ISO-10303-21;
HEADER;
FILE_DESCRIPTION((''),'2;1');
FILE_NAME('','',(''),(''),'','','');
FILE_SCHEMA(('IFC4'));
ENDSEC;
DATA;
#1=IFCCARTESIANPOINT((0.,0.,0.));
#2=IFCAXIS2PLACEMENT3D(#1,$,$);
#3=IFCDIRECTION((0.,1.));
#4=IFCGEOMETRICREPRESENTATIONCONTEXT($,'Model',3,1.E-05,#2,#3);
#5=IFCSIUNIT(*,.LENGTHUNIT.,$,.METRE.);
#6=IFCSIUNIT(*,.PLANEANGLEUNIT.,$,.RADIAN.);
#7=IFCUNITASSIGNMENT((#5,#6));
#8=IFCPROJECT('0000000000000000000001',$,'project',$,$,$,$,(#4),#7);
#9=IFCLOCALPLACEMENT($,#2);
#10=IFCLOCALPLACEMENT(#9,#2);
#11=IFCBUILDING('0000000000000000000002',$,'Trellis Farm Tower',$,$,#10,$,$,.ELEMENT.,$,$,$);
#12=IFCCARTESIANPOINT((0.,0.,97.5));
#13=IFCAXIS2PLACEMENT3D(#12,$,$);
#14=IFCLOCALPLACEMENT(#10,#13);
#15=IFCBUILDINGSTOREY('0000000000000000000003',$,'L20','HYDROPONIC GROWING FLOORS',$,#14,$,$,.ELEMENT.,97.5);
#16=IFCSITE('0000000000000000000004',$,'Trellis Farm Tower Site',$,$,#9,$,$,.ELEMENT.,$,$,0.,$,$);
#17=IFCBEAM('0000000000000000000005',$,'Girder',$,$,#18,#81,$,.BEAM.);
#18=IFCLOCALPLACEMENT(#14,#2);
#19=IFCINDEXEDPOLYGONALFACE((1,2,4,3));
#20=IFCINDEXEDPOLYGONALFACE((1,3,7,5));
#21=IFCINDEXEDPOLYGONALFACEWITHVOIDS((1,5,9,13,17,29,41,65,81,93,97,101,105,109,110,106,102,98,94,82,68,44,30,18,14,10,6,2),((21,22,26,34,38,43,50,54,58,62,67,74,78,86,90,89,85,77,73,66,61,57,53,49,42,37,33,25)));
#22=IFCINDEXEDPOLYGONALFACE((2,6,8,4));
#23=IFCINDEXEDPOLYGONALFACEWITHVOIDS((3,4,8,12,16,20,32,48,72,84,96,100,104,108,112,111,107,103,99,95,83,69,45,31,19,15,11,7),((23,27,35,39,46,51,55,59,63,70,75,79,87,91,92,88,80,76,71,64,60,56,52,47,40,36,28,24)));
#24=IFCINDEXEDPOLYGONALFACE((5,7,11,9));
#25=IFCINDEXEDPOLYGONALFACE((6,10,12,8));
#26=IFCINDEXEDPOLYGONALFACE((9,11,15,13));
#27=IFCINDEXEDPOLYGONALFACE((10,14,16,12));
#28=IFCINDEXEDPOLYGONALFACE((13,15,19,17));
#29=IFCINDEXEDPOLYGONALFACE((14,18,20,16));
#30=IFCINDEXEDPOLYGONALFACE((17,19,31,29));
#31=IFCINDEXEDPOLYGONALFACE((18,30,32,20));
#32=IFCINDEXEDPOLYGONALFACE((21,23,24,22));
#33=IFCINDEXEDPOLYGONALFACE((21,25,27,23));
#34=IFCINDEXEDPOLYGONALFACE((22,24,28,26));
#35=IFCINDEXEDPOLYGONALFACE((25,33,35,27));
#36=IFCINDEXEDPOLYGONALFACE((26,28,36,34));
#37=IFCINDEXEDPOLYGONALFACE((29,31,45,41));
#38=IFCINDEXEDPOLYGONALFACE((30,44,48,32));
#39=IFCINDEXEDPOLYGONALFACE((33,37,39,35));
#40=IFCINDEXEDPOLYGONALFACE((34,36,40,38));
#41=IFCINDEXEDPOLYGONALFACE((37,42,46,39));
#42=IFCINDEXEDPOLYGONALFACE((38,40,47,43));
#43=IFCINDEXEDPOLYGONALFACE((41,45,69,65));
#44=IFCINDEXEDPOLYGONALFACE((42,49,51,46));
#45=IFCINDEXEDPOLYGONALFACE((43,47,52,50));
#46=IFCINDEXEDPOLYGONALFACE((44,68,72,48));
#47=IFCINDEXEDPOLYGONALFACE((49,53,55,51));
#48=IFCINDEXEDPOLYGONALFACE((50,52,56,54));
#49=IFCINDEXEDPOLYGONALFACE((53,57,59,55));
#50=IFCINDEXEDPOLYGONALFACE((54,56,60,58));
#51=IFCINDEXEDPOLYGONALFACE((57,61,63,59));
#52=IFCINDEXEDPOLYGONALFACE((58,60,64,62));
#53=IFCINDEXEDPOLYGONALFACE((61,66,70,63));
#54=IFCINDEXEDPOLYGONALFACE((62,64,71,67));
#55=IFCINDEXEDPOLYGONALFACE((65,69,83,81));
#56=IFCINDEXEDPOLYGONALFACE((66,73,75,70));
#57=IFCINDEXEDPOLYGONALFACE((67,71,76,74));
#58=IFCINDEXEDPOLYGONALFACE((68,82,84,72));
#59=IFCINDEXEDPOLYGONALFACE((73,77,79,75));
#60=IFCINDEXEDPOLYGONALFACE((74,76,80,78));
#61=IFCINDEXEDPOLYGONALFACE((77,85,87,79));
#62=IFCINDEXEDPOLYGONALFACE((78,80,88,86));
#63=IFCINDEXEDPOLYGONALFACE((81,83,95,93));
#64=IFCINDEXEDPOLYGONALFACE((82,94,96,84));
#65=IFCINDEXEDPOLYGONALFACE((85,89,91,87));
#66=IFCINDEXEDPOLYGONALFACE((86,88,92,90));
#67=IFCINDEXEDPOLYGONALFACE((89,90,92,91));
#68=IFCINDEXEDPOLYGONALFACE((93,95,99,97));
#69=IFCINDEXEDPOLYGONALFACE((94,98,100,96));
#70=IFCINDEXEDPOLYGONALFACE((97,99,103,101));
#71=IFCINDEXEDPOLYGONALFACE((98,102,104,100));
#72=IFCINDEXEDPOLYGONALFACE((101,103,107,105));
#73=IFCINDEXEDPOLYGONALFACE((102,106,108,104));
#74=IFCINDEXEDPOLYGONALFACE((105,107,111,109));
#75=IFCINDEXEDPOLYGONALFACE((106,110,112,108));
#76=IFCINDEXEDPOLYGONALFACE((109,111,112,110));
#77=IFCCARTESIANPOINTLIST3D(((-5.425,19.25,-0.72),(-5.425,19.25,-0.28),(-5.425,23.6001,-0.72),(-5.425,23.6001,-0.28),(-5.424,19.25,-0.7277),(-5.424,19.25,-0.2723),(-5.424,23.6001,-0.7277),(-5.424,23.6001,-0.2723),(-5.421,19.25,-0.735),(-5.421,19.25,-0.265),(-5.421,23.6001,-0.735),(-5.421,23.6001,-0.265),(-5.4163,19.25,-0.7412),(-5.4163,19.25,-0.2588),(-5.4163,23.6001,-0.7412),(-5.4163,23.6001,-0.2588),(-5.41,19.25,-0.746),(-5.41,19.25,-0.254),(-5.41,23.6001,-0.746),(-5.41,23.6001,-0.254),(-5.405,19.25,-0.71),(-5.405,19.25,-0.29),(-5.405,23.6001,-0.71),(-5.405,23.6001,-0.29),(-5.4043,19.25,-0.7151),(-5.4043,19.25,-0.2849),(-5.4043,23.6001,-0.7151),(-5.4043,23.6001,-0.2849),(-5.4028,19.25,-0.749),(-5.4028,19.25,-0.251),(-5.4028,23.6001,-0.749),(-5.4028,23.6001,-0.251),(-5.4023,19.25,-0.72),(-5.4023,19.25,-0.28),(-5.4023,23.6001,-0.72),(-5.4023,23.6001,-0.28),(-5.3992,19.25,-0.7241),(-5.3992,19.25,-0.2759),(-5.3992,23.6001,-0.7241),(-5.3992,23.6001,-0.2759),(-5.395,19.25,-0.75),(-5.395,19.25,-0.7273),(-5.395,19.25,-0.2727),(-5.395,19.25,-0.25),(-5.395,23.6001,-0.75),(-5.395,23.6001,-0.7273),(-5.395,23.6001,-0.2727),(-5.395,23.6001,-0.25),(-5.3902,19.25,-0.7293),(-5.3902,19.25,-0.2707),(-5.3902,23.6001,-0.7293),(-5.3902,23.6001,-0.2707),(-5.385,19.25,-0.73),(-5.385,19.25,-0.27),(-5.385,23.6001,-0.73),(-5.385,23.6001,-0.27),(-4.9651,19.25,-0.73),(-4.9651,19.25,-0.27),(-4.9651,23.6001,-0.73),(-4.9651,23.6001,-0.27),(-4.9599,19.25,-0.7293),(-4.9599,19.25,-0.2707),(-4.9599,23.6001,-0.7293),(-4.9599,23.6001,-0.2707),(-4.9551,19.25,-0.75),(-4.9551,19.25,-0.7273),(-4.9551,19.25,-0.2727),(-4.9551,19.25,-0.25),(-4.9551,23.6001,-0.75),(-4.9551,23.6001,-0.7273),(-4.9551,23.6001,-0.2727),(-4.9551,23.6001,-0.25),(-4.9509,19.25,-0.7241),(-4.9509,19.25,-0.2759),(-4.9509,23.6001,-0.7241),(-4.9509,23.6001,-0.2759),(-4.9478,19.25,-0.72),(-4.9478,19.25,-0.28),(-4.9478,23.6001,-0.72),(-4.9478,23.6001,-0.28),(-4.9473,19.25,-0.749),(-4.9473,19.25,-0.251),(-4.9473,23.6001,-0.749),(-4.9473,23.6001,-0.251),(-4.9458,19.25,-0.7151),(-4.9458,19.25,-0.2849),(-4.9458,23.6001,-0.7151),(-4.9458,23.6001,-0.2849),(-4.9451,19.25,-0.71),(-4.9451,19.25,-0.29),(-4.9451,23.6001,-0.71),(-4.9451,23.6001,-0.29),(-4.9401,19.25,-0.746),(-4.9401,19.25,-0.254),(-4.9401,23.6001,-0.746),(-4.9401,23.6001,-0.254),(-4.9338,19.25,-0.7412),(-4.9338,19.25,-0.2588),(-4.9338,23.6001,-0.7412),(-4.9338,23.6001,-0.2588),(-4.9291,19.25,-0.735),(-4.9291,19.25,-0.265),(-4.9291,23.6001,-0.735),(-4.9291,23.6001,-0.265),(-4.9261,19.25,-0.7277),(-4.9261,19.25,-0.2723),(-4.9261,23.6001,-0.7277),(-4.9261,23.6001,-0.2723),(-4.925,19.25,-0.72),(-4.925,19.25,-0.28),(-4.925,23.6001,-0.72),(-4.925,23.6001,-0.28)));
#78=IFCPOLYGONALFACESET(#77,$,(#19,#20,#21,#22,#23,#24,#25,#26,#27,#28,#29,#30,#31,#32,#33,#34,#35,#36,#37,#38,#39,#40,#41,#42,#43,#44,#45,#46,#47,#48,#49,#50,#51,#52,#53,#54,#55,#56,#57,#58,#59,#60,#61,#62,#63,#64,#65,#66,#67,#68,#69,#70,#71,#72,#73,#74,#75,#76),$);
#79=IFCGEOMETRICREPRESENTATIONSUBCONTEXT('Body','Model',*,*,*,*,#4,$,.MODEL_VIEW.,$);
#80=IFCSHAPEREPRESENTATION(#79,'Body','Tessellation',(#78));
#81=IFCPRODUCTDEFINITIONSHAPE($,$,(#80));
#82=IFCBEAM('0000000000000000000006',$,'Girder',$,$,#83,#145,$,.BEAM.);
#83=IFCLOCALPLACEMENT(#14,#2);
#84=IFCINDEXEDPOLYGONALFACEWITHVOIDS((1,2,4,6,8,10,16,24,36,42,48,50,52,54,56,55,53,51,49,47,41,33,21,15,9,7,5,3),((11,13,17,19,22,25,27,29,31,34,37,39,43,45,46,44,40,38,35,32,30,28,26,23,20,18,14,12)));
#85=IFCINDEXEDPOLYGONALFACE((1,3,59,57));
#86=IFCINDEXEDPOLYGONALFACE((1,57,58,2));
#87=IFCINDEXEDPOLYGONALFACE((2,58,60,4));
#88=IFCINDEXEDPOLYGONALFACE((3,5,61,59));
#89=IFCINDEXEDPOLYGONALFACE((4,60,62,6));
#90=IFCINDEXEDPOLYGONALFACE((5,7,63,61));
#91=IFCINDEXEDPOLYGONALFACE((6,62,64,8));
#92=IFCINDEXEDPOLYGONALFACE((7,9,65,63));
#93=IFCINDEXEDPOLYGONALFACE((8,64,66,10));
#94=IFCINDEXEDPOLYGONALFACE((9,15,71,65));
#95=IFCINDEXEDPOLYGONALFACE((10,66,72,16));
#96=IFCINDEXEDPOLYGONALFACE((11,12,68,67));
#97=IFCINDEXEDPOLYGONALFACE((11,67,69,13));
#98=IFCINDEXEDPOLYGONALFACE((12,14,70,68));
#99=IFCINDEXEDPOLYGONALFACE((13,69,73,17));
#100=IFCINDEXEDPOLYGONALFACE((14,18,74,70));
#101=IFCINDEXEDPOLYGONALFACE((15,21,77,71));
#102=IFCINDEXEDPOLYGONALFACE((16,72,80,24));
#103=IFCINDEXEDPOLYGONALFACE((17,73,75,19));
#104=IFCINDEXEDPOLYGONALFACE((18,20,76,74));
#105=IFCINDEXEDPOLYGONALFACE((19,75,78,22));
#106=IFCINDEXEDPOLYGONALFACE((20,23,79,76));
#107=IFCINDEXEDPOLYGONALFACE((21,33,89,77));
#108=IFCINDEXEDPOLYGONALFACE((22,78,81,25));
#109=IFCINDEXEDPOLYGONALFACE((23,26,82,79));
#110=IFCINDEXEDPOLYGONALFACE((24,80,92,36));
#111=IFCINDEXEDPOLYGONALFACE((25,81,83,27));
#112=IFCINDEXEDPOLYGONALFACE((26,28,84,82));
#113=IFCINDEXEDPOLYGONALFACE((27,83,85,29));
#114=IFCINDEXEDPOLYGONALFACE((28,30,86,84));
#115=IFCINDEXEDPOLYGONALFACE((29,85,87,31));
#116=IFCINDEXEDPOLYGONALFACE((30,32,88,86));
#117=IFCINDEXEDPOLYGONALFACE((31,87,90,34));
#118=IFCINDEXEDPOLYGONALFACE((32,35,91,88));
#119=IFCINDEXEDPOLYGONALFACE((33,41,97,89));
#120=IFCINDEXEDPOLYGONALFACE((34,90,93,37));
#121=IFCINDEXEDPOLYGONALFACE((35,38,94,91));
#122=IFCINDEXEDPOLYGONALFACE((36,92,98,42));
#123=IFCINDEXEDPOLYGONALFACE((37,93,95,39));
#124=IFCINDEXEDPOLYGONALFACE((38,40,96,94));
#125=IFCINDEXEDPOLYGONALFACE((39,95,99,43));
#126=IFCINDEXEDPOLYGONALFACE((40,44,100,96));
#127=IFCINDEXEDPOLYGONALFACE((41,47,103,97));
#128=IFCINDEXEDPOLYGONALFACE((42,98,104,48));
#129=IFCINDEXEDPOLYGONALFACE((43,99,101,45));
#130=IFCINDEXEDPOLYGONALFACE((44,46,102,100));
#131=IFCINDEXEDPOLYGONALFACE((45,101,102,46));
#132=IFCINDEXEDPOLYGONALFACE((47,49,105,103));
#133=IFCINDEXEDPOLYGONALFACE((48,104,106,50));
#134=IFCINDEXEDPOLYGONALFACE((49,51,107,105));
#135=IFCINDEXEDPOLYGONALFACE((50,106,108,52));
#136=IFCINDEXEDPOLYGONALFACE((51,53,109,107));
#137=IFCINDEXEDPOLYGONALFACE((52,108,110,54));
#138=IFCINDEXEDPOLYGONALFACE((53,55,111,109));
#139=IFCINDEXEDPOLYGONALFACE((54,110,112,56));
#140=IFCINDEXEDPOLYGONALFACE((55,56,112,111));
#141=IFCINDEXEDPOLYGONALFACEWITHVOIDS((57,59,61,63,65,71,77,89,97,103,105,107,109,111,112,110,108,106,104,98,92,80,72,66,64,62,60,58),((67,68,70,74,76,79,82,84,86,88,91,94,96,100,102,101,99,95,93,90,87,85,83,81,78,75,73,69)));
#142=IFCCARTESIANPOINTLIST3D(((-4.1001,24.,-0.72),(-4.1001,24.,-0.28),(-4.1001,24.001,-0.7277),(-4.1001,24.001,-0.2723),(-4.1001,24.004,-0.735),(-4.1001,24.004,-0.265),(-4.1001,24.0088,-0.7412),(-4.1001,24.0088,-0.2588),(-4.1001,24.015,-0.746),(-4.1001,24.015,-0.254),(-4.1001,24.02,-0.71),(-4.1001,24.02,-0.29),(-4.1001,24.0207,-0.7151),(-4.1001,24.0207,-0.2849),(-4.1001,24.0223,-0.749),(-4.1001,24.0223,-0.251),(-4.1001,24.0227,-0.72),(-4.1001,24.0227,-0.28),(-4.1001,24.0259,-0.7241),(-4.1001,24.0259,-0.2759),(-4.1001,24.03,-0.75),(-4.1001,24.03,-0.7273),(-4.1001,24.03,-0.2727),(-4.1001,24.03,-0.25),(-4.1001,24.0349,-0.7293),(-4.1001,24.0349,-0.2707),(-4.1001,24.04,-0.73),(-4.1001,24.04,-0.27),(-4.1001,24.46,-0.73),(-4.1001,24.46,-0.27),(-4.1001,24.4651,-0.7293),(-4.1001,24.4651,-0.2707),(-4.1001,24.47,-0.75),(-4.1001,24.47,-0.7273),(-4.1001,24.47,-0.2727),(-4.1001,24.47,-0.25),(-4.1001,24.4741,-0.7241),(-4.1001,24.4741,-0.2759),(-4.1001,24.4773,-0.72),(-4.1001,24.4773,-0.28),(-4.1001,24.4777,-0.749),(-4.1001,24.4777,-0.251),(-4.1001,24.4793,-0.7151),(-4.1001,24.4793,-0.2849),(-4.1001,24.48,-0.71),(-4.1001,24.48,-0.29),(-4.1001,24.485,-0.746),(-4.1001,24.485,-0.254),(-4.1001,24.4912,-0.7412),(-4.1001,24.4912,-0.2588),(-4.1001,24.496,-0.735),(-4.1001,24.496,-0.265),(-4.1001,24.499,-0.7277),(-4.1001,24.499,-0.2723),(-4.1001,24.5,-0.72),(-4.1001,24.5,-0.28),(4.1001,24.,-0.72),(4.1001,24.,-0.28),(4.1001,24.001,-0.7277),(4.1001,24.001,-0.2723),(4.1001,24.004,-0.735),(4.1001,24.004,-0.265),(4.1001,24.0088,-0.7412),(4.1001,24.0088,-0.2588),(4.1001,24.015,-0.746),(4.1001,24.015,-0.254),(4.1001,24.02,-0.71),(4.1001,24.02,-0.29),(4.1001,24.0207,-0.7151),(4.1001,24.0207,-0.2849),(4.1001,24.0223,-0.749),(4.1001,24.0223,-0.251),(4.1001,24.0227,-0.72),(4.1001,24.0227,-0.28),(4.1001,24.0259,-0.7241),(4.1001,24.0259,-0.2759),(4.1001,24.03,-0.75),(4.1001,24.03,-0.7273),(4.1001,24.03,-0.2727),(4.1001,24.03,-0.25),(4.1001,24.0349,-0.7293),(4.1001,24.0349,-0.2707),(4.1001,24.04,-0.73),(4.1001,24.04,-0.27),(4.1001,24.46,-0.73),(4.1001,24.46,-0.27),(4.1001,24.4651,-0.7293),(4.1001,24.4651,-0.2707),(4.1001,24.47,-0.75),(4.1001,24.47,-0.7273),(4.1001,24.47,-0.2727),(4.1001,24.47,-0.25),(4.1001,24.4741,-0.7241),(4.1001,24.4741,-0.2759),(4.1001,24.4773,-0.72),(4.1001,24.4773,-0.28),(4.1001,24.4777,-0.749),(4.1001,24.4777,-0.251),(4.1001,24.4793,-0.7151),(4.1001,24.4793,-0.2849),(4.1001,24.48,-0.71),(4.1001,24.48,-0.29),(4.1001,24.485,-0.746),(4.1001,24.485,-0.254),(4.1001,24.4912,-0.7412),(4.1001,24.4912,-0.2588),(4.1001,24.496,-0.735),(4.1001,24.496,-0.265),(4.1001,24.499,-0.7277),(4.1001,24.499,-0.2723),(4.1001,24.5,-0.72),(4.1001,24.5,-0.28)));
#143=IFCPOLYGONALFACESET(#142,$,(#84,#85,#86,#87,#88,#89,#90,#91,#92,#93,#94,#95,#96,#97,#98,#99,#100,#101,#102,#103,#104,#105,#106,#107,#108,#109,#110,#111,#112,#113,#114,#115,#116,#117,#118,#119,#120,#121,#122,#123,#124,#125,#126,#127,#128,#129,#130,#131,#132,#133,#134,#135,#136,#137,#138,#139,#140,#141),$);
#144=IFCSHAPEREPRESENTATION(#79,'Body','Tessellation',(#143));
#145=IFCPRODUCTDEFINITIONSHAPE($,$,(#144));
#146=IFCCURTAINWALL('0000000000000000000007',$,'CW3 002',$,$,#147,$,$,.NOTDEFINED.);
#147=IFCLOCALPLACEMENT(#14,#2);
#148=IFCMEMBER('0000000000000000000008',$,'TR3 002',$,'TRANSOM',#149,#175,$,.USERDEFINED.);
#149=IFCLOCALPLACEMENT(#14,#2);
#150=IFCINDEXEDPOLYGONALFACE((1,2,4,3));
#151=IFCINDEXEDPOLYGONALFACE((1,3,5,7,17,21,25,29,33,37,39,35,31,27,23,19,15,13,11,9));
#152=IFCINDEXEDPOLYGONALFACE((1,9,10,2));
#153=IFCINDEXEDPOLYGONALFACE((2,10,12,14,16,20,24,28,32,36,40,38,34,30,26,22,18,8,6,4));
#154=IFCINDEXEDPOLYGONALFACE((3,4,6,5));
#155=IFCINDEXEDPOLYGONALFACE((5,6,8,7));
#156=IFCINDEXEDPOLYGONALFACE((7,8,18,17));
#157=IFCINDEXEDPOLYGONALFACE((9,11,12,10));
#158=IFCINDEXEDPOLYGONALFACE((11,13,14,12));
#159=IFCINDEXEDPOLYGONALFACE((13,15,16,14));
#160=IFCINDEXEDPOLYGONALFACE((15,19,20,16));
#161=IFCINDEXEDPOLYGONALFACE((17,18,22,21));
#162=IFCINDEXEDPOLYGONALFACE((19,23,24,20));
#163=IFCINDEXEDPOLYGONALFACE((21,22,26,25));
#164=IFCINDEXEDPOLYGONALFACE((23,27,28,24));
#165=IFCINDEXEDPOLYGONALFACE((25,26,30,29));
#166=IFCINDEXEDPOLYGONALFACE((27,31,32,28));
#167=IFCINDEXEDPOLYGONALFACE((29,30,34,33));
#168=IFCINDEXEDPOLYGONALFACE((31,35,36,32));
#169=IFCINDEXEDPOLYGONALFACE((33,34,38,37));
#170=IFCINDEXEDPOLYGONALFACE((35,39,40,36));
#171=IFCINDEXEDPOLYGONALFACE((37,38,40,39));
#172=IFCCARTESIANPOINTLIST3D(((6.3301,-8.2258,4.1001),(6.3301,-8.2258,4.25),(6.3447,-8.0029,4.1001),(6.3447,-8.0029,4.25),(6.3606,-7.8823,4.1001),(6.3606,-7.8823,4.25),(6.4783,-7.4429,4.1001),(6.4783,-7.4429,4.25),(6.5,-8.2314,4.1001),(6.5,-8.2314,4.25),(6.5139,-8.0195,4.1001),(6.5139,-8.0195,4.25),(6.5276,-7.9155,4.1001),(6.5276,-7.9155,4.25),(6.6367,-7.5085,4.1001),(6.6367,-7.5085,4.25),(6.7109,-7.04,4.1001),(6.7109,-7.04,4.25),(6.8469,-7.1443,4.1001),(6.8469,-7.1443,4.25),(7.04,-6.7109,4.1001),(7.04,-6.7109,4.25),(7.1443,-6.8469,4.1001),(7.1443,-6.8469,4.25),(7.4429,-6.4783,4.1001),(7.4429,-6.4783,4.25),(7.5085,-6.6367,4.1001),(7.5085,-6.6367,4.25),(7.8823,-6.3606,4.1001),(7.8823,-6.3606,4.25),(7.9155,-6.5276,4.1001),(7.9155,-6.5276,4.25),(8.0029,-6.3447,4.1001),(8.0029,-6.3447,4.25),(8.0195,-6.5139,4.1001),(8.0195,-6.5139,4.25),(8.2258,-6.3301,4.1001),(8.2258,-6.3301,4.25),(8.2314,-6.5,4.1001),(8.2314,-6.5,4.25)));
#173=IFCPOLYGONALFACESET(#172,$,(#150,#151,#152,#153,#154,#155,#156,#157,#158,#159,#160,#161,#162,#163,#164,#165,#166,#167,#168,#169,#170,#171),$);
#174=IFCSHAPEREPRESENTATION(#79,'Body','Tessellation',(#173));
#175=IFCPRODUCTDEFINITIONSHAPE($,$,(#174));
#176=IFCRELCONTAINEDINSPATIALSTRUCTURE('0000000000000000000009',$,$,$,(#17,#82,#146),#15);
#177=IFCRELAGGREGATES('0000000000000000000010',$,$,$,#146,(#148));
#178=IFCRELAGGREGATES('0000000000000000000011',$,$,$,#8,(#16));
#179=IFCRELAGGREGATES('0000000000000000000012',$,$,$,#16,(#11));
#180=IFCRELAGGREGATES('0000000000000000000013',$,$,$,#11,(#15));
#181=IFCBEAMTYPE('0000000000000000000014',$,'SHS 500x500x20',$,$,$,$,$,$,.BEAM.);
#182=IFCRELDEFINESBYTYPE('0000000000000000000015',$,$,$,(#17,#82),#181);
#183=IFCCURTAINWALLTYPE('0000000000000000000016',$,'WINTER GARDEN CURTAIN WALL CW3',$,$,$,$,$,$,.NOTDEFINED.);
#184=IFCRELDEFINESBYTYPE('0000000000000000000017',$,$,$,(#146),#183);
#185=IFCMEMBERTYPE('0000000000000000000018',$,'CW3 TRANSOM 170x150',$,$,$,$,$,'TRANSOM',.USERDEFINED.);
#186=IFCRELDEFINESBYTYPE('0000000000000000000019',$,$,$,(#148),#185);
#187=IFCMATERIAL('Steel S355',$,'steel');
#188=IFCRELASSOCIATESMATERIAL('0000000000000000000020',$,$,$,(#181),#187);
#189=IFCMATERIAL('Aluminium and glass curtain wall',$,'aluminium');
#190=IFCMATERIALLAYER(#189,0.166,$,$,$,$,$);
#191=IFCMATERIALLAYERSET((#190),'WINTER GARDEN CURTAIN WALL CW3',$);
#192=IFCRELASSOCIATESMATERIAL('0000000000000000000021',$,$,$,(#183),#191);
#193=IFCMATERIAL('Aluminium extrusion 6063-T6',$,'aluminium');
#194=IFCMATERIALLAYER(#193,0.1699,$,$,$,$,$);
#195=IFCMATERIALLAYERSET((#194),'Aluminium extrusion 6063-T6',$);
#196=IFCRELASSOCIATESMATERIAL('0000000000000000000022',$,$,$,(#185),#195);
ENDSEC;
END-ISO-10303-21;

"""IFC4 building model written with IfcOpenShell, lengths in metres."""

from ifc_helpers import new_model, si_unit, direction, frame, origin, origin_2d, place, context, subcontext, project, spatial, polyline, hollow_rectangle, outline, extrude, source, transform, mapped, material, layer, layer_set, material_profile, profile_set, type_object, element, aggregate, save


model = new_model("IFC4")

# Units and contexts
model_context = context("Model", 3, precision=1e-05, world=origin(), true_north=direction((0.0, 1.0)))
body_context = subcontext(model_context, "Body", "Model", "MODEL_VIEW")
ifc_project = project(units=[si_unit("LENGTHUNIT", "METRE"), si_unit("PLANEANGLEUNIT", "RADIAN")], contexts=[model_context])

# Site, building, storey
site_placement = place(None, origin())
site = spatial("IfcSite", under=ifc_project, at=site_placement, Name="Trellis Farm Tower Site", CompositionType="ELEMENT", RefElevation=0.0)
building_placement = place(site_placement, origin())
building = spatial("IfcBuilding", under=site, at=building_placement, Name="Trellis Farm Tower", CompositionType="ELEMENT")
storey_placement = place(building_placement, frame((0.0, 0.0, 97.5)))
storey = spatial("IfcBuildingStorey", under=building, at=storey_placement, Name="L20", Description="HYDROPONIC GROWING FLOORS", CompositionType="ELEMENT", Elevation=97.5)

# Beams
ifc_material_1 = material(Name="Steel S355", Category="steel")
ifc_material_profile_1 = material_profile(ifc_material_1, hollow_rectangle(XDim=0.5, YDim=0.5, WallThickness=0.02, InnerFilletRadius=0.02, OuterFilletRadius=0.03, at=origin_2d()), Name="SHS 500x500x20")
ifc_profile_set_1 = profile_set([ifc_material_profile_1], Name="Steel S355")
beam_type_1 = type_object("IfcBeamType", Name="SHS 500x500x20", PredefinedType="BEAM", material=ifc_profile_set_1)
shared_shape_1 = source(origin(), body_context, "Body", "SweptSolid", [
    extrude(hollow_rectangle(XDim=0.5, YDim=0.5, WallThickness=0.02, InnerFilletRadius=0.02, OuterFilletRadius=0.03, at=origin_2d()), origin(), (0.0, 0.0, 1.0), 4.3501),
])
beam_1_placement = place(storey_placement, frame((-5.175, 19.25, -0.5), z_axis=(0.0, 1.0, 0.0), x_axis=(-1.0, 0.0, 0.0)))
element("IfcBeam", 1, at=beam_1_placement, inside=storey, type_object=beam_type_1, Name="Girder", PredefinedType="BEAM", context=body_context, shape_type="MappedRepresentation", body=[
    mapped(shared_shape_1, transform((0.0, 0.0, 0.0))),
])
shared_shape_2 = source(origin(), body_context, "Body", "SweptSolid", [
    extrude(hollow_rectangle(XDim=0.5, YDim=0.5, WallThickness=0.02, InnerFilletRadius=0.02, OuterFilletRadius=0.03, at=origin_2d()), origin(), (0.0, 0.0, 1.0), 8.2002),
])
beam_2_placement = place(storey_placement, frame((-4.1001, 24.25, -0.5), z_axis=(1.0, 0.0, 0.0), x_axis=(0.0, 1.0, 0.0)))
element("IfcBeam", 2, at=beam_2_placement, inside=storey, type_object=beam_type_1, Name="Girder", PredefinedType="BEAM", context=body_context, shape_type="MappedRepresentation", body=[
    mapped(shared_shape_2, transform((0.0, 0.0, 0.0))),
])

# Curtain wall, member
ifc_material_2 = material(Name="Aluminium and glass curtain wall", Category="aluminium")
ifc_layer_1 = layer(ifc_material_2, 0.166)
ifc_layer_set_1 = layer_set([ifc_layer_1], Name="WINTER GARDEN CURTAIN WALL CW3")
curtain_wall_type = type_object("IfcCurtainWallType", Name="WINTER GARDEN CURTAIN WALL CW3", PredefinedType="NOTDEFINED", material=ifc_layer_set_1)
placement_1 = place(storey_placement, origin())
curtain_wall = element("IfcCurtainWall", 3, at=placement_1, inside=storey, type_object=curtain_wall_type, Name="CW3 002", PredefinedType="NOTDEFINED")
ifc_material_3 = material(Name="Aluminium extrusion 6063-T6", Category="aluminium")
ifc_layer_2 = layer(ifc_material_3, 0.1699)
ifc_layer_set_2 = layer_set([ifc_layer_2], Name="Aluminium extrusion 6063-T6")
member_type = type_object("IfcMemberType", Name="CW3 TRANSOM 170x150", ElementType="TRANSOM", PredefinedType="USERDEFINED", material=ifc_layer_set_2)
shared_shape_3 = source(origin(), body_context, "Body", "SweptSolid", [
    extrude(outline(polyline([(6.5, -8.2314), (6.5139, -8.0195), (6.5276, -7.9155), (6.6367, -7.5085), (6.8469, -7.1443), (7.1443, -6.8469), (7.5085, -6.6367), (7.9155, -6.5276), (8.0195, -6.5139), (8.2314, -6.5), (8.2258, -6.3301), (8.0029, -6.3447), (7.8823, -6.3606), (7.4429, -6.4783), (7.04, -6.7109), (6.7109, -7.04), (6.4783, -7.4429), (6.3606, -7.8823), (6.3447, -8.0029), (6.3301, -8.2258), (6.5, -8.2314)])), origin(), (0.0, 0.0, 1.0), 0.1499),
])
member_placement = place(storey_placement, frame((0.0, 0.0, 4.1001)))
member = element("IfcMember", 4, at=member_placement, type_object=member_type, Name="TR3 002", ObjectType="TRANSOM", PredefinedType="USERDEFINED", context=body_context, shape_type="MappedRepresentation", body=[
    mapped(shared_shape_3, transform((0.0, 0.0, 0.0))),
])
aggregate(curtain_wall, [member])

save(model, "model.ifc")
